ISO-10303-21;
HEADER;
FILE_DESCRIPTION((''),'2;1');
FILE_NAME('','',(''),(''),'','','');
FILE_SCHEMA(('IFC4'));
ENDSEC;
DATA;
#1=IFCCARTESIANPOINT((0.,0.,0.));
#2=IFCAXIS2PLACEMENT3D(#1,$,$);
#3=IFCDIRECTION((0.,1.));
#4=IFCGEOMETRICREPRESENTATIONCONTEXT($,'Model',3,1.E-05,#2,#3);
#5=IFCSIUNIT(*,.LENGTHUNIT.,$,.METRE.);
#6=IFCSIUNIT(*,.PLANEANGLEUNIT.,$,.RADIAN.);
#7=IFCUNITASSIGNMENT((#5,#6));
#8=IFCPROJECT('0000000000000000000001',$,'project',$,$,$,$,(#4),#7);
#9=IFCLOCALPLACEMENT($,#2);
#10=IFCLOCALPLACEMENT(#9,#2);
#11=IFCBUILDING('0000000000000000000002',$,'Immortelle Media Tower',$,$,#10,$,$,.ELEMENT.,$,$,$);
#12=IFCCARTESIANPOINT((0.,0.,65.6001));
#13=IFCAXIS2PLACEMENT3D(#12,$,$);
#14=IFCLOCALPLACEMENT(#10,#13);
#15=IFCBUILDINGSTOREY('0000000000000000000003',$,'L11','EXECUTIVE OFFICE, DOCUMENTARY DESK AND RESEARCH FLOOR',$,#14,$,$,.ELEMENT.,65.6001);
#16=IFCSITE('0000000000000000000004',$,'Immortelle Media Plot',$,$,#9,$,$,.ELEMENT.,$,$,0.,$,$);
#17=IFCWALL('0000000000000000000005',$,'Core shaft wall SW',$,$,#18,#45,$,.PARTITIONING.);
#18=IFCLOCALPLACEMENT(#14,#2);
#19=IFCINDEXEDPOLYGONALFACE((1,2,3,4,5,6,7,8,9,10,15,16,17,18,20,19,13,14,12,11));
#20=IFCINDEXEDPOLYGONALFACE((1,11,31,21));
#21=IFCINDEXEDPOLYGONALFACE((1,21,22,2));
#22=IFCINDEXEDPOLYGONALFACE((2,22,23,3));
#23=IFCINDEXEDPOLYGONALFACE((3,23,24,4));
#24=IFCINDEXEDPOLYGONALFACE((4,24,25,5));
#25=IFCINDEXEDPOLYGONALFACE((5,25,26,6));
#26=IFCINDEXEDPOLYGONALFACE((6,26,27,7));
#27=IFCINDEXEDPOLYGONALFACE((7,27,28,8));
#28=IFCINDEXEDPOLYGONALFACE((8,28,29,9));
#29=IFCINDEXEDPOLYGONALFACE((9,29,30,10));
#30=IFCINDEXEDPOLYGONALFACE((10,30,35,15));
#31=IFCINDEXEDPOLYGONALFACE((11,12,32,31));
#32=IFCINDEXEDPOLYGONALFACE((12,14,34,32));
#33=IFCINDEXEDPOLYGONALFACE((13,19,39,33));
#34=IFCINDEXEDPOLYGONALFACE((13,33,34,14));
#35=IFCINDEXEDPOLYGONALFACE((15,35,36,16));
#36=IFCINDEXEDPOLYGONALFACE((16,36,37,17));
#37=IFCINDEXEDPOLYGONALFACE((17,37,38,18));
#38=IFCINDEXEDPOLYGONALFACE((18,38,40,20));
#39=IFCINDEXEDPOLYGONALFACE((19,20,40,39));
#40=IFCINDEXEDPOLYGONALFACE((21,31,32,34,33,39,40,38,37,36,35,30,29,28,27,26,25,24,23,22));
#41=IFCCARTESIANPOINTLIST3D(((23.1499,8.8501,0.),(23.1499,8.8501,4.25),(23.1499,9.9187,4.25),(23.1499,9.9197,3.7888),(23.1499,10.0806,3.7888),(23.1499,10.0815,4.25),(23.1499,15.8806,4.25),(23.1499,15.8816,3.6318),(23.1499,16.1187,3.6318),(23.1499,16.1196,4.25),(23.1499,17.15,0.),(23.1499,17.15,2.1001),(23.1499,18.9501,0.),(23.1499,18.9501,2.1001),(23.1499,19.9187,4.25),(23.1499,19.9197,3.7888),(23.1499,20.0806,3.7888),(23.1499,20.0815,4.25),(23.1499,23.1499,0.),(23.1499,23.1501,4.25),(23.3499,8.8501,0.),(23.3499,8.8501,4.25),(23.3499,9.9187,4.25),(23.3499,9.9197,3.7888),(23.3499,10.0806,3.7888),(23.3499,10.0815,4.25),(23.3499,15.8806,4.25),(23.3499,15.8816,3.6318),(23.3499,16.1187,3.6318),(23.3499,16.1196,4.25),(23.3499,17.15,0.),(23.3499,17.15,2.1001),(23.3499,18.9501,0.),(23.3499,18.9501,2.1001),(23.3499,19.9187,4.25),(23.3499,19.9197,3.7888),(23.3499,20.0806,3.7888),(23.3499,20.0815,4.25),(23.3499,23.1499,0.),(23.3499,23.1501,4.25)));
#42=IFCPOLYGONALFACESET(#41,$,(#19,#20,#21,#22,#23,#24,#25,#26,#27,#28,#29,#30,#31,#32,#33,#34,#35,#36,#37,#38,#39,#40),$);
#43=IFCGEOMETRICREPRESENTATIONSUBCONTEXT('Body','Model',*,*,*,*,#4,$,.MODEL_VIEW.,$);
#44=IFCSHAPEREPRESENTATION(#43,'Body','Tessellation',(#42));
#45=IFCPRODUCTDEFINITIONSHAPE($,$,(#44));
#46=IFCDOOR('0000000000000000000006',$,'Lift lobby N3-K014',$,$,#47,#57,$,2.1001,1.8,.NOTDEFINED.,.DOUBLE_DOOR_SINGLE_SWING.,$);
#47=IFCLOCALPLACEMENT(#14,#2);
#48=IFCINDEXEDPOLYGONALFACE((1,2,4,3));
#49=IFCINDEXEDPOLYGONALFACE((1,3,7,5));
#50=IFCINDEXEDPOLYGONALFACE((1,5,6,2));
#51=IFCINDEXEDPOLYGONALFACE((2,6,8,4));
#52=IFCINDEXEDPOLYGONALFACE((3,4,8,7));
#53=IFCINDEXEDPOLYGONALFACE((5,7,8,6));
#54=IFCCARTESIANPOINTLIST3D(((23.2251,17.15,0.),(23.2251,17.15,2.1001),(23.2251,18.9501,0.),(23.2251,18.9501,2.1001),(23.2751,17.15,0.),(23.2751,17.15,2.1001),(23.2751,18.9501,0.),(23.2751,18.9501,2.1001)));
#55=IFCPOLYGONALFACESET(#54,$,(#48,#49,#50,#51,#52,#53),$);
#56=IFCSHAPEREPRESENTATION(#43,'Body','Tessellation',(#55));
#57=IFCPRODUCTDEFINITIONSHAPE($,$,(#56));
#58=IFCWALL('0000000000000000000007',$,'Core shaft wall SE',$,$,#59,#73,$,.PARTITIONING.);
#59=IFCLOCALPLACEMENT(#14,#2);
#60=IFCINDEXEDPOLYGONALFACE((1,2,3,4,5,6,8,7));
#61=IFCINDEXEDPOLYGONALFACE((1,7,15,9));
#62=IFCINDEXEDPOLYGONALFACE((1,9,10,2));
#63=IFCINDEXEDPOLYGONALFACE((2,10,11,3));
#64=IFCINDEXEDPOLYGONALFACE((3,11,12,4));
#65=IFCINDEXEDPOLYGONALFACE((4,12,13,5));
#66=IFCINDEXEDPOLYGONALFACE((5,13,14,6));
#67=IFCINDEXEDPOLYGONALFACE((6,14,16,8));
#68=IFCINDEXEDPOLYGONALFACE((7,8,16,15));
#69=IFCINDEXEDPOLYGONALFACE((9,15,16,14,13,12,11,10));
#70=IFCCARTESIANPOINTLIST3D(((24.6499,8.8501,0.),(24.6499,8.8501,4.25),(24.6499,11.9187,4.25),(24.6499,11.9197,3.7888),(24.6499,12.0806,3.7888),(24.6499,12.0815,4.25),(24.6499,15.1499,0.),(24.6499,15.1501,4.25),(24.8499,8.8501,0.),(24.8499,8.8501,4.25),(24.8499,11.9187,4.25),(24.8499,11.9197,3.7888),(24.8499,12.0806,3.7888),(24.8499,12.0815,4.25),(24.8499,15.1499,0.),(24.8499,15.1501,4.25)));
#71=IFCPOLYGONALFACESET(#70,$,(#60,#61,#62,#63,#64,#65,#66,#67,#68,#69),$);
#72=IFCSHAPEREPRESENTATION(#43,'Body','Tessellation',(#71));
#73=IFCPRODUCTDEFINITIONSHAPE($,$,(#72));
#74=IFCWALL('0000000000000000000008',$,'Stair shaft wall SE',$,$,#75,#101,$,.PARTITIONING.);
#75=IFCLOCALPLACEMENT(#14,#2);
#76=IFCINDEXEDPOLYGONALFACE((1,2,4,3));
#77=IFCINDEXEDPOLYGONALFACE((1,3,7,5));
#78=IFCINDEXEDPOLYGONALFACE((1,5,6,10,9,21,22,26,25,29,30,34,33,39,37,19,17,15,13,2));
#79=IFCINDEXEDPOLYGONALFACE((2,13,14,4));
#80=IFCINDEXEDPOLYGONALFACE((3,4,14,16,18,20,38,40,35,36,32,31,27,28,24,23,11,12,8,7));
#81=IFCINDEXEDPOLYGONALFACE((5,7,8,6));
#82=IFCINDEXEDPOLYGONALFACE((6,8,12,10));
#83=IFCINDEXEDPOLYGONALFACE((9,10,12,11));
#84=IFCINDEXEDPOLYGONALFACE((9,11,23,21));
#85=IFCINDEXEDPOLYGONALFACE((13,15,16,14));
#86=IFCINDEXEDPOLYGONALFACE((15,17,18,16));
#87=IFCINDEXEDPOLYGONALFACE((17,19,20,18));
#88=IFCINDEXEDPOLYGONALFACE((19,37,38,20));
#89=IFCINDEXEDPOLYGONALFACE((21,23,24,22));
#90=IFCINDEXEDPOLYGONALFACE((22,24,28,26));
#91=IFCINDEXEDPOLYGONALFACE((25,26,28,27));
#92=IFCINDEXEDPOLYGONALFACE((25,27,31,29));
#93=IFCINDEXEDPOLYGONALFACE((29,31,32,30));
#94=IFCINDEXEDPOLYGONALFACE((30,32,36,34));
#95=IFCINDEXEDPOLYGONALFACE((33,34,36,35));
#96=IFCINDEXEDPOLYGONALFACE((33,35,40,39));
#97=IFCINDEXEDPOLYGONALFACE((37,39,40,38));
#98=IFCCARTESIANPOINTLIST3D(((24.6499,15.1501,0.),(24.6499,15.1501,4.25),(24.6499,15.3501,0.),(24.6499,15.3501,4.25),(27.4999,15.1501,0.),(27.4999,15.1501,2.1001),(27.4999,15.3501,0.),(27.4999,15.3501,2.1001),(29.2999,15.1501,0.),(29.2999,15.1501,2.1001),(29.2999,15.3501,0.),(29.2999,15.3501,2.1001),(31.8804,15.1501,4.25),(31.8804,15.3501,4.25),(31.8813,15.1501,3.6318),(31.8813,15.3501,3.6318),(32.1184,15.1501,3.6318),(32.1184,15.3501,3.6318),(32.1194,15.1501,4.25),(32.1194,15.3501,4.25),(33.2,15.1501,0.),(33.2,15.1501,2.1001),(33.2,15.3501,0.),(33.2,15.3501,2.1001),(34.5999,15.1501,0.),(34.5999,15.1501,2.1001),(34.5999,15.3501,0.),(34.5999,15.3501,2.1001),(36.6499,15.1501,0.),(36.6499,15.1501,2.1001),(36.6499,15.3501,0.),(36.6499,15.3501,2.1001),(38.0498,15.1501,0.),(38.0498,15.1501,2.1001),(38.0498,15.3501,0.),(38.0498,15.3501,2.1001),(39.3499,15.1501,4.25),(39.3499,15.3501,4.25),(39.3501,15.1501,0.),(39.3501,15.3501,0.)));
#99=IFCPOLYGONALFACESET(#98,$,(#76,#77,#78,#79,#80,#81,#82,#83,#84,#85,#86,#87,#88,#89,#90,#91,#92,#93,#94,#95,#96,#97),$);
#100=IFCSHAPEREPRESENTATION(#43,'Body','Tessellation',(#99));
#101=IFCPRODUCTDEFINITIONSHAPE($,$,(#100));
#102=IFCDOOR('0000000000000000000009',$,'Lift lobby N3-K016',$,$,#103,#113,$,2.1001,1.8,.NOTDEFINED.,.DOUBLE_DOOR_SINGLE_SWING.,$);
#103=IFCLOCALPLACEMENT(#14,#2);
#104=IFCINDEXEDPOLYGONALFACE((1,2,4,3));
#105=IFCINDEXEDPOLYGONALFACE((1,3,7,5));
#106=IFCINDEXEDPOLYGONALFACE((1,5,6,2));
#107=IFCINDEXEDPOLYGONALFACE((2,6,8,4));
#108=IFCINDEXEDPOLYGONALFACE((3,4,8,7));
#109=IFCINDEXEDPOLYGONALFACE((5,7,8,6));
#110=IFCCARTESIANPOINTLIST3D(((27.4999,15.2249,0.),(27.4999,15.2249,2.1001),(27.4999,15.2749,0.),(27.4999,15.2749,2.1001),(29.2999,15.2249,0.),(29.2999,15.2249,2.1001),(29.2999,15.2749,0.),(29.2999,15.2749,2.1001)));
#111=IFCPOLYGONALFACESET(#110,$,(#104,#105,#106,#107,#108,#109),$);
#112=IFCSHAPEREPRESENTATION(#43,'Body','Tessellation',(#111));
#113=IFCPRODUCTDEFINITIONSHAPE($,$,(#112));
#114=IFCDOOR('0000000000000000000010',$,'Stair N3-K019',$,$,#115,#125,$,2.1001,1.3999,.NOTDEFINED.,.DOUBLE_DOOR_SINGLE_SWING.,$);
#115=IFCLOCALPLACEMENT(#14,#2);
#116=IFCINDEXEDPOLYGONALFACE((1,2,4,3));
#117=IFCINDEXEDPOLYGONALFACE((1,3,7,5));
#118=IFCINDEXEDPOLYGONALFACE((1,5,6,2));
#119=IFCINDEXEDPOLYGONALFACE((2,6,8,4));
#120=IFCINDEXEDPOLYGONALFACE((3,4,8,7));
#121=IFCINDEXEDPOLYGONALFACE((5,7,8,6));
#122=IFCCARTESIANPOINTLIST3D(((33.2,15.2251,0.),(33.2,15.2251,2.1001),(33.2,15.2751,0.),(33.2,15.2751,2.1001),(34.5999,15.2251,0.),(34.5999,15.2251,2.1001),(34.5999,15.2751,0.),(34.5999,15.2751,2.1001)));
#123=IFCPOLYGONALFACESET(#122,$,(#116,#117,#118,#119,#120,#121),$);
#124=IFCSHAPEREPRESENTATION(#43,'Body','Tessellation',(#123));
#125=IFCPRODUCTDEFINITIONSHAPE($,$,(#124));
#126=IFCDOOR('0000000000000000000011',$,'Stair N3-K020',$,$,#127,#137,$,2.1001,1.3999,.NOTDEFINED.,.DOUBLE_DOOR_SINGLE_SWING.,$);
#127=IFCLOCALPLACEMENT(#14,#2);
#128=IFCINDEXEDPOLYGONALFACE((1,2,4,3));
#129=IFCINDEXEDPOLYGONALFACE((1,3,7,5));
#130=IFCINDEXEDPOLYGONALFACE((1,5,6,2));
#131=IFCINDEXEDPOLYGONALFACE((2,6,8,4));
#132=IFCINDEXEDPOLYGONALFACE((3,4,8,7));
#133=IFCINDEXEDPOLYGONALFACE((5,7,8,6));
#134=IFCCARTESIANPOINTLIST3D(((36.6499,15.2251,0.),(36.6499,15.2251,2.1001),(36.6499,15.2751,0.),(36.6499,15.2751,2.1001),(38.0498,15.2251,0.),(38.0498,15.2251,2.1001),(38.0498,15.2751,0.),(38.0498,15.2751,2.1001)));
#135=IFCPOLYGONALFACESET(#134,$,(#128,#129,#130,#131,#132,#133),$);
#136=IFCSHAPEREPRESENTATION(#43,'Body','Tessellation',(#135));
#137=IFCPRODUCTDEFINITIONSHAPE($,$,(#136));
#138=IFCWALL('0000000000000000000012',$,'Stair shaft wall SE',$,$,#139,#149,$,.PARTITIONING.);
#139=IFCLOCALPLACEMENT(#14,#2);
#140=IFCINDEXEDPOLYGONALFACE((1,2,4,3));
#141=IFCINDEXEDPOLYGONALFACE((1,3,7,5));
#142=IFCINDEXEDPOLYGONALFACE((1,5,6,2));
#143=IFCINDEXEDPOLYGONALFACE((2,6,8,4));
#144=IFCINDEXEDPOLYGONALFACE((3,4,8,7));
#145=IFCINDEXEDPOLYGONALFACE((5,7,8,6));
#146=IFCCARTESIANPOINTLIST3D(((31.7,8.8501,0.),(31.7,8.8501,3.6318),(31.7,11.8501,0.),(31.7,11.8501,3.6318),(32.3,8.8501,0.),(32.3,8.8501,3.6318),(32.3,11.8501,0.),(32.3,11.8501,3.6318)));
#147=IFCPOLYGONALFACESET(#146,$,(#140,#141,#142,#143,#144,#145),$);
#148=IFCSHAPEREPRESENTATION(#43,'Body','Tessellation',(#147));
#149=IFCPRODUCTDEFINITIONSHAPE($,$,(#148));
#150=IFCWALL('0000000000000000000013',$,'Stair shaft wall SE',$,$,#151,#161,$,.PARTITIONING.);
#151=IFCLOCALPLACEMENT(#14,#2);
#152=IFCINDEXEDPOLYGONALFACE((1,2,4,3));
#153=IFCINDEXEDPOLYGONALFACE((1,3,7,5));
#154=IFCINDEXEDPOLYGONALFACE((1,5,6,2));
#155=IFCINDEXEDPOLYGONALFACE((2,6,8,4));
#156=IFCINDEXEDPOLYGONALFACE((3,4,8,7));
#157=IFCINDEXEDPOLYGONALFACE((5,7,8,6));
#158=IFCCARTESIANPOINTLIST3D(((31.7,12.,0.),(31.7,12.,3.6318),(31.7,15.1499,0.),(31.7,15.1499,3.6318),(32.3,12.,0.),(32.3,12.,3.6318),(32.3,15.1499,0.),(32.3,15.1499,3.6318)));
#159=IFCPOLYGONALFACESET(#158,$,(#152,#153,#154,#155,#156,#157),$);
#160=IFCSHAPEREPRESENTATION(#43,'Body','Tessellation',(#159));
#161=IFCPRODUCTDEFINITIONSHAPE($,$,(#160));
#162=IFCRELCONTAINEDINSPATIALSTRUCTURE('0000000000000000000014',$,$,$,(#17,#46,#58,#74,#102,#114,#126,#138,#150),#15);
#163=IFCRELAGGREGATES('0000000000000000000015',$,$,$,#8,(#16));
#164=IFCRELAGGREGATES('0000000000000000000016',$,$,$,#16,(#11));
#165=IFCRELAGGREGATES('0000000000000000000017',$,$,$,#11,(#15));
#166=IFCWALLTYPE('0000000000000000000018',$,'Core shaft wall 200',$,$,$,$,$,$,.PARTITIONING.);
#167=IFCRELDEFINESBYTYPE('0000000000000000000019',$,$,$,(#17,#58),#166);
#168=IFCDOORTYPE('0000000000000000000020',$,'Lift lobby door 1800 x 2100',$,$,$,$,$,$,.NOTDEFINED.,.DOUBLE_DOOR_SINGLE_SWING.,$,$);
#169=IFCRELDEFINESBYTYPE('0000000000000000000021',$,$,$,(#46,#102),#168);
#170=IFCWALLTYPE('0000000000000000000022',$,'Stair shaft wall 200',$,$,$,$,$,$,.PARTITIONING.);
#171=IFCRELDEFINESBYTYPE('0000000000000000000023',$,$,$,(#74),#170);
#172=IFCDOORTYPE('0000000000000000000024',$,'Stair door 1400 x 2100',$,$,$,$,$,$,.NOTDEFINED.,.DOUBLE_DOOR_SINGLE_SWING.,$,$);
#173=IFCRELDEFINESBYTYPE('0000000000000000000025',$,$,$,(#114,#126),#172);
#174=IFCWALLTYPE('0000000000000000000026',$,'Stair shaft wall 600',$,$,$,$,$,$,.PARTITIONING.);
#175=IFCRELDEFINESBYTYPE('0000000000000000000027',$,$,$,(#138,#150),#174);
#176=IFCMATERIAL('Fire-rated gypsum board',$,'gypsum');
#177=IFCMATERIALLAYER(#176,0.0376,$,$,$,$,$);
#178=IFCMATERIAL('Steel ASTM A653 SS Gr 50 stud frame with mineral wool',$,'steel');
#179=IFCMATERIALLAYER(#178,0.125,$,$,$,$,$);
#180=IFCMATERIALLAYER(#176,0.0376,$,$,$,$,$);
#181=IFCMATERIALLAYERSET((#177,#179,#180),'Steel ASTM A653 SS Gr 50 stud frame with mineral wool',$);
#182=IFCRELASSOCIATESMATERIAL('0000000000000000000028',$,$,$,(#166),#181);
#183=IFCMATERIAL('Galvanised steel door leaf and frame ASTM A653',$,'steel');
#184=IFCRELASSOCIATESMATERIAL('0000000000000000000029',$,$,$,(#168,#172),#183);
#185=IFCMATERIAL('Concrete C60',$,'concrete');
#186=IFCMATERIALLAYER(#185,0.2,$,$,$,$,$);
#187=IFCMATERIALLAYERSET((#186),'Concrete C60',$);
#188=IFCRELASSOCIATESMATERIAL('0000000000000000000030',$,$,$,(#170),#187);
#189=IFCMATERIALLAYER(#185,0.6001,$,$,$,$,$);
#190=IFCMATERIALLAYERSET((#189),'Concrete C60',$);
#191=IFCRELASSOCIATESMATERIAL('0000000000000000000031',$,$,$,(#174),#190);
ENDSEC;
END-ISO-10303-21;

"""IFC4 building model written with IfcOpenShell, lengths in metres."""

from ifc_helpers import new_model, si_unit, direction, frame, frame_2d, origin, place, context, subcontext, project, spatial, polyline, rectangle, outline, extrude, material, layer, layer_set, type_object, element, fill, save


model = new_model("IFC4")

# Units and contexts
model_context = context("Model", 3, precision=1e-05, world=origin(), true_north=direction((0.0, 1.0)))
body_context = subcontext(model_context, "Body", "Model", "MODEL_VIEW")
ifc_project = project(units=[si_unit("LENGTHUNIT", "METRE"), si_unit("PLANEANGLEUNIT", "RADIAN")], contexts=[model_context])

# Site, building, storey
site_placement = place(None, origin())
site = spatial("IfcSite", under=ifc_project, at=site_placement, Name="Immortelle Media Plot", CompositionType="ELEMENT", RefElevation=0.0)
building_placement = place(site_placement, origin())
building = spatial("IfcBuilding", under=site, at=building_placement, Name="Immortelle Media Tower", CompositionType="ELEMENT")
storey_placement = place(building_placement, frame((0.0, 0.0, 65.6001)))
storey = spatial("IfcBuildingStorey", under=building, at=storey_placement, Name="L11", Description="EXECUTIVE OFFICE, DOCUMENTARY DESK AND RESEARCH FLOOR", CompositionType="ELEMENT", Elevation=65.6001)

# Shared definitions
ifc_material_1 = material(Name="Fire-rated gypsum board", Category="gypsum")
ifc_material_2 = material(Name="Steel ASTM A653 SS Gr 50 stud frame with mineral wool", Category="steel")

# Shared definitions
ifc_layer_1 = layer(ifc_material_1, 0.0376)
ifc_layer_2 = layer(ifc_material_2, 0.125)
ifc_layer_3 = layer(ifc_material_1, 0.0376)
ifc_layer_set_1 = layer_set([ifc_layer_1, ifc_layer_2, ifc_layer_3], Name="Steel ASTM A653 SS Gr 50 stud frame with mineral wool")
wall_type_1 = type_object("IfcWallType", Name="Core shaft wall 200", PredefinedType="PARTITIONING", material=ifc_layer_set_1)

# Wall, opening, door
wall_1_placement = place(storey_placement, frame((23.25, 8.8501, 0.0), z_axis=(0.0, 0.0, 1.0), x_axis=(0.0, 1.0, 0.0)))
wall_1 = element("IfcWall", 1, at=wall_1_placement, inside=storey, type_object=wall_type_1, Name="Core shaft wall SW", PredefinedType="PARTITIONING", context=body_context, shape_type="SweptSolid", body=[
    extrude(outline(polyline([(0.0, 0.0), (14.2998, 0.0), (14.3, 4.25), (11.2314, 4.25), (11.2305, 3.7888), (11.0696, 3.7888), (11.0686, 4.25), (7.2695, 4.25), (7.2686, 3.6318), (7.0315, 3.6318), (7.0305, 4.25), (1.2314, 4.25), (1.2305, 3.7888), (1.0696, 3.7888), (1.0686, 4.25), (0.0, 4.25), (0.0, 0.0)])), frame((0.0, 0.1001, 0.0), z_axis=(0.0, -1.0, 0.0), x_axis=(1.0, 0.0, 0.0)), (0.0, 0.0, 1.0), 0.2),
])
opening_1_placement = place(wall_1_placement, frame((8.3, 0.0, 0.0)))
opening_1 = element("IfcOpeningElement", 2, at=opening_1_placement, cuts=wall_1, PredefinedType="OPENING", context=body_context, shape_type="SweptSolid", body=[
    extrude(rectangle(XDim=1.8, YDim=2.1001, at=frame_2d((0.8999, 1.05))), frame((0.0, 0.1099, 0.0), z_axis=(0.0, -1.0, 0.0), x_axis=(1.0, 0.0, 0.0)), (0.0, 0.0, 1.0), 0.22),
])
ifc_material_3 = material(Name="Galvanised steel door leaf and frame ASTM A653", Category="steel")
door_type_1 = type_object("IfcDoorType", Name="Lift lobby door 1800 x 2100", OperationType="DOUBLE_DOOR_SINGLE_SWING", PredefinedType="NOTDEFINED", material=ifc_material_3)
door_1_placement = place(opening_1_placement, origin())
door_1 = element("IfcDoor", 3, at=door_1_placement, inside=storey, type_object=door_type_1, Name="Lift lobby N3-K014", OperationType="DOUBLE_DOOR_SINGLE_SWING", OverallHeight=2.1001, OverallWidth=1.8, PredefinedType="NOTDEFINED", context=body_context, shape_type="SweptSolid", body=[
    extrude(rectangle(XDim=1.8, YDim=2.1001, at=frame_2d((0.8999, 1.05))), frame((0.0, 0.0249, 0.0), z_axis=(0.0, -1.0, 0.0), x_axis=(1.0, 0.0, 0.0)), (0.0, 0.0, 1.0), 0.05),
])
fill(opening_1, door_1)

# Wall
wall_2_placement = place(storey_placement, frame((24.75, 8.8501, 0.0), z_axis=(0.0, 0.0, 1.0), x_axis=(0.0, 1.0, 0.0)))
element("IfcWall", 4, at=wall_2_placement, inside=storey, type_object=wall_type_1, Name="Core shaft wall SE", PredefinedType="PARTITIONING", context=body_context, shape_type="SweptSolid", body=[
    extrude(outline(polyline([(0.0, 0.0), (6.2998, 0.0), (6.3, 4.25), (3.2314, 4.25), (3.2305, 3.7888), (3.0696, 3.7888), (3.0686, 4.25), (0.0, 4.25), (0.0, 0.0)])), frame((0.0, 0.1001, 0.0), z_axis=(0.0, -1.0, 0.0), x_axis=(1.0, 0.0, 0.0)), (0.0, 0.0, 1.0), 0.2),
])

# Wall, openings, doors
ifc_material_4 = material(Name="Concrete C60", Category="concrete")
ifc_layer_4 = layer(ifc_material_4, 0.2)
ifc_layer_set_2 = layer_set([ifc_layer_4], Name="Concrete C60")
wall_type_2 = type_object("IfcWallType", Name="Stair shaft wall 200", PredefinedType="PARTITIONING", material=ifc_layer_set_2)
wall_3_placement = place(storey_placement, frame((24.6499, 15.25, 0.0), z_axis=(0.0, 0.0, 1.0), x_axis=(1.0, 0.0, 0.0)))
wall_3 = element("IfcWall", 5, at=wall_3_placement, inside=storey, type_object=wall_type_2, Name="Stair shaft wall SE", PredefinedType="PARTITIONING", context=body_context, shape_type="SweptSolid", body=[
    extrude(outline(polyline([(0.0, 0.0), (14.7002, 0.0), (14.7, 4.25), (7.4695, 4.25), (7.4685, 3.6318), (7.2314, 3.6318), (7.2305, 4.25), (0.0, 4.25), (0.0, 0.0)])), frame((0.0, 0.1001, 0.0), z_axis=(0.0, -1.0, 0.0), x_axis=(1.0, 0.0, 0.0)), (0.0, 0.0, 1.0), 0.2),
])
opening_2_placement = place(wall_3_placement, frame((2.8501, 0.0, 0.0)))
opening_2 = element("IfcOpeningElement", 6, at=opening_2_placement, cuts=wall_3, PredefinedType="OPENING", context=body_context, shape_type="SweptSolid", body=[
    extrude(rectangle(XDim=1.8, YDim=2.1001, at=frame_2d((0.8999, 1.05))), frame((0.0, 0.1099, 0.0), z_axis=(0.0, -1.0, 0.0), x_axis=(1.0, 0.0, 0.0)), (0.0, 0.0, 1.0), 0.22),
])
opening_3_placement = place(wall_3_placement, frame((9.95, 0.0, 0.0), z_axis=(0.0, 0.0, 1.0), x_axis=(-1.0, 0.0, 0.0)))
opening_3 = element("IfcOpeningElement", 7, at=opening_3_placement, cuts=wall_3, PredefinedType="OPENING", context=body_context, shape_type="SweptSolid", body=[
    extrude(rectangle(XDim=1.3999, YDim=2.1001, at=frame_2d((0.7, 1.05))), frame((0.0, 0.1099, 0.0), z_axis=(0.0, -1.0, 0.0), x_axis=(1.0, 0.0, 0.0)), (0.0, 0.0, 1.0), 0.22),
])
opening_4_placement = place(wall_3_placement, frame((13.3999, 0.0, 0.0), z_axis=(0.0, 0.0, 1.0), x_axis=(-1.0, 0.0, 0.0)))
opening_4 = element("IfcOpeningElement", 8, at=opening_4_placement, cuts=wall_3, PredefinedType="OPENING", context=body_context, shape_type="SweptSolid", body=[
    extrude(rectangle(XDim=1.3999, YDim=2.1001, at=frame_2d((0.7, 1.05))), frame((0.0, 0.1099, 0.0), z_axis=(0.0, -1.0, 0.0), x_axis=(1.0, 0.0, 0.0)), (0.0, 0.0, 1.0), 0.22),
])
door_2_placement = place(opening_2_placement, origin())
door_2 = element("IfcDoor", 9, at=door_2_placement, inside=storey, type_object=door_type_1, Name="Lift lobby N3-K016", OperationType="DOUBLE_DOOR_SINGLE_SWING", OverallHeight=2.1001, OverallWidth=1.8, PredefinedType="NOTDEFINED", context=body_context, shape_type="SweptSolid", body=[
    extrude(rectangle(XDim=1.8, YDim=2.1001, at=frame_2d((0.8999, 1.05))), frame((0.0, 0.0249, 0.0), z_axis=(0.0, -1.0, 0.0), x_axis=(1.0, 0.0, 0.0)), (0.0, 0.0, 1.0), 0.05),
])
fill(opening_2, door_2)
door_type_2 = type_object("IfcDoorType", Name="Stair door 1400 x 2100", OperationType="DOUBLE_DOOR_SINGLE_SWING", PredefinedType="NOTDEFINED", material=ifc_material_3)
door_3_placement = place(opening_3_placement, origin())
door_3 = element("IfcDoor", 10, at=door_3_placement, inside=storey, type_object=door_type_2, Name="Stair N3-K019", OperationType="DOUBLE_DOOR_SINGLE_SWING", OverallHeight=2.1001, OverallWidth=1.3999, PredefinedType="NOTDEFINED", context=body_context, shape_type="SweptSolid", body=[
    extrude(rectangle(XDim=1.3999, YDim=2.1001, at=frame_2d((0.7, 1.05))), frame((0.0, 0.0249, 0.0), z_axis=(0.0, -1.0, 0.0), x_axis=(1.0, 0.0, 0.0)), (0.0, 0.0, 1.0), 0.05),
])
fill(opening_3, door_3)
door_4_placement = place(opening_4_placement, origin())
door_4 = element("IfcDoor", 11, at=door_4_placement, inside=storey, type_object=door_type_2, Name="Stair N3-K020", OperationType="DOUBLE_DOOR_SINGLE_SWING", OverallHeight=2.1001, OverallWidth=1.3999, PredefinedType="NOTDEFINED", context=body_context, shape_type="SweptSolid", body=[
    extrude(rectangle(XDim=1.3999, YDim=2.1001, at=frame_2d((0.7, 1.05))), frame((0.0, 0.0249, 0.0), z_axis=(0.0, -1.0, 0.0), x_axis=(1.0, 0.0, 0.0)), (0.0, 0.0, 1.0), 0.05),
])
fill(opening_4, door_4)

# Walls
ifc_layer_5 = layer(ifc_material_4, 0.6001)
ifc_layer_set_3 = layer_set([ifc_layer_5], Name="Concrete C60")
wall_type_3 = type_object("IfcWallType", Name="Stair shaft wall 600", PredefinedType="PARTITIONING", material=ifc_layer_set_3)
wall_4_placement = place(storey_placement, frame((32.0, 8.8501, 0.0), z_axis=(0.0, 0.0, 1.0), x_axis=(0.0, 1.0, 0.0)))
element("IfcWall", 12, at=wall_4_placement, inside=storey, type_object=wall_type_3, Name="Stair shaft wall SE", PredefinedType="PARTITIONING", context=body_context, shape_type="SweptSolid", body=[
    extrude(rectangle(XDim=3.0, YDim=0.6001, at=frame_2d((1.5, 0.0))), origin(), (0.0, 0.0, 1.0), 3.6318),
])
wall_5_placement = place(storey_placement, frame((32.0, 12.0, 0.0), z_axis=(0.0, 0.0, 1.0), x_axis=(0.0, 1.0, 0.0)))
element("IfcWall", 13, at=wall_5_placement, inside=storey, type_object=wall_type_3, Name="Stair shaft wall SE", PredefinedType="PARTITIONING", context=body_context, shape_type="SweptSolid", body=[
    extrude(rectangle(XDim=3.1499, YDim=0.6001, at=frame_2d((1.575, 0.0))), origin(), (0.0, 0.0, 1.0), 3.6318),
])

save(model, "model.ifc")
